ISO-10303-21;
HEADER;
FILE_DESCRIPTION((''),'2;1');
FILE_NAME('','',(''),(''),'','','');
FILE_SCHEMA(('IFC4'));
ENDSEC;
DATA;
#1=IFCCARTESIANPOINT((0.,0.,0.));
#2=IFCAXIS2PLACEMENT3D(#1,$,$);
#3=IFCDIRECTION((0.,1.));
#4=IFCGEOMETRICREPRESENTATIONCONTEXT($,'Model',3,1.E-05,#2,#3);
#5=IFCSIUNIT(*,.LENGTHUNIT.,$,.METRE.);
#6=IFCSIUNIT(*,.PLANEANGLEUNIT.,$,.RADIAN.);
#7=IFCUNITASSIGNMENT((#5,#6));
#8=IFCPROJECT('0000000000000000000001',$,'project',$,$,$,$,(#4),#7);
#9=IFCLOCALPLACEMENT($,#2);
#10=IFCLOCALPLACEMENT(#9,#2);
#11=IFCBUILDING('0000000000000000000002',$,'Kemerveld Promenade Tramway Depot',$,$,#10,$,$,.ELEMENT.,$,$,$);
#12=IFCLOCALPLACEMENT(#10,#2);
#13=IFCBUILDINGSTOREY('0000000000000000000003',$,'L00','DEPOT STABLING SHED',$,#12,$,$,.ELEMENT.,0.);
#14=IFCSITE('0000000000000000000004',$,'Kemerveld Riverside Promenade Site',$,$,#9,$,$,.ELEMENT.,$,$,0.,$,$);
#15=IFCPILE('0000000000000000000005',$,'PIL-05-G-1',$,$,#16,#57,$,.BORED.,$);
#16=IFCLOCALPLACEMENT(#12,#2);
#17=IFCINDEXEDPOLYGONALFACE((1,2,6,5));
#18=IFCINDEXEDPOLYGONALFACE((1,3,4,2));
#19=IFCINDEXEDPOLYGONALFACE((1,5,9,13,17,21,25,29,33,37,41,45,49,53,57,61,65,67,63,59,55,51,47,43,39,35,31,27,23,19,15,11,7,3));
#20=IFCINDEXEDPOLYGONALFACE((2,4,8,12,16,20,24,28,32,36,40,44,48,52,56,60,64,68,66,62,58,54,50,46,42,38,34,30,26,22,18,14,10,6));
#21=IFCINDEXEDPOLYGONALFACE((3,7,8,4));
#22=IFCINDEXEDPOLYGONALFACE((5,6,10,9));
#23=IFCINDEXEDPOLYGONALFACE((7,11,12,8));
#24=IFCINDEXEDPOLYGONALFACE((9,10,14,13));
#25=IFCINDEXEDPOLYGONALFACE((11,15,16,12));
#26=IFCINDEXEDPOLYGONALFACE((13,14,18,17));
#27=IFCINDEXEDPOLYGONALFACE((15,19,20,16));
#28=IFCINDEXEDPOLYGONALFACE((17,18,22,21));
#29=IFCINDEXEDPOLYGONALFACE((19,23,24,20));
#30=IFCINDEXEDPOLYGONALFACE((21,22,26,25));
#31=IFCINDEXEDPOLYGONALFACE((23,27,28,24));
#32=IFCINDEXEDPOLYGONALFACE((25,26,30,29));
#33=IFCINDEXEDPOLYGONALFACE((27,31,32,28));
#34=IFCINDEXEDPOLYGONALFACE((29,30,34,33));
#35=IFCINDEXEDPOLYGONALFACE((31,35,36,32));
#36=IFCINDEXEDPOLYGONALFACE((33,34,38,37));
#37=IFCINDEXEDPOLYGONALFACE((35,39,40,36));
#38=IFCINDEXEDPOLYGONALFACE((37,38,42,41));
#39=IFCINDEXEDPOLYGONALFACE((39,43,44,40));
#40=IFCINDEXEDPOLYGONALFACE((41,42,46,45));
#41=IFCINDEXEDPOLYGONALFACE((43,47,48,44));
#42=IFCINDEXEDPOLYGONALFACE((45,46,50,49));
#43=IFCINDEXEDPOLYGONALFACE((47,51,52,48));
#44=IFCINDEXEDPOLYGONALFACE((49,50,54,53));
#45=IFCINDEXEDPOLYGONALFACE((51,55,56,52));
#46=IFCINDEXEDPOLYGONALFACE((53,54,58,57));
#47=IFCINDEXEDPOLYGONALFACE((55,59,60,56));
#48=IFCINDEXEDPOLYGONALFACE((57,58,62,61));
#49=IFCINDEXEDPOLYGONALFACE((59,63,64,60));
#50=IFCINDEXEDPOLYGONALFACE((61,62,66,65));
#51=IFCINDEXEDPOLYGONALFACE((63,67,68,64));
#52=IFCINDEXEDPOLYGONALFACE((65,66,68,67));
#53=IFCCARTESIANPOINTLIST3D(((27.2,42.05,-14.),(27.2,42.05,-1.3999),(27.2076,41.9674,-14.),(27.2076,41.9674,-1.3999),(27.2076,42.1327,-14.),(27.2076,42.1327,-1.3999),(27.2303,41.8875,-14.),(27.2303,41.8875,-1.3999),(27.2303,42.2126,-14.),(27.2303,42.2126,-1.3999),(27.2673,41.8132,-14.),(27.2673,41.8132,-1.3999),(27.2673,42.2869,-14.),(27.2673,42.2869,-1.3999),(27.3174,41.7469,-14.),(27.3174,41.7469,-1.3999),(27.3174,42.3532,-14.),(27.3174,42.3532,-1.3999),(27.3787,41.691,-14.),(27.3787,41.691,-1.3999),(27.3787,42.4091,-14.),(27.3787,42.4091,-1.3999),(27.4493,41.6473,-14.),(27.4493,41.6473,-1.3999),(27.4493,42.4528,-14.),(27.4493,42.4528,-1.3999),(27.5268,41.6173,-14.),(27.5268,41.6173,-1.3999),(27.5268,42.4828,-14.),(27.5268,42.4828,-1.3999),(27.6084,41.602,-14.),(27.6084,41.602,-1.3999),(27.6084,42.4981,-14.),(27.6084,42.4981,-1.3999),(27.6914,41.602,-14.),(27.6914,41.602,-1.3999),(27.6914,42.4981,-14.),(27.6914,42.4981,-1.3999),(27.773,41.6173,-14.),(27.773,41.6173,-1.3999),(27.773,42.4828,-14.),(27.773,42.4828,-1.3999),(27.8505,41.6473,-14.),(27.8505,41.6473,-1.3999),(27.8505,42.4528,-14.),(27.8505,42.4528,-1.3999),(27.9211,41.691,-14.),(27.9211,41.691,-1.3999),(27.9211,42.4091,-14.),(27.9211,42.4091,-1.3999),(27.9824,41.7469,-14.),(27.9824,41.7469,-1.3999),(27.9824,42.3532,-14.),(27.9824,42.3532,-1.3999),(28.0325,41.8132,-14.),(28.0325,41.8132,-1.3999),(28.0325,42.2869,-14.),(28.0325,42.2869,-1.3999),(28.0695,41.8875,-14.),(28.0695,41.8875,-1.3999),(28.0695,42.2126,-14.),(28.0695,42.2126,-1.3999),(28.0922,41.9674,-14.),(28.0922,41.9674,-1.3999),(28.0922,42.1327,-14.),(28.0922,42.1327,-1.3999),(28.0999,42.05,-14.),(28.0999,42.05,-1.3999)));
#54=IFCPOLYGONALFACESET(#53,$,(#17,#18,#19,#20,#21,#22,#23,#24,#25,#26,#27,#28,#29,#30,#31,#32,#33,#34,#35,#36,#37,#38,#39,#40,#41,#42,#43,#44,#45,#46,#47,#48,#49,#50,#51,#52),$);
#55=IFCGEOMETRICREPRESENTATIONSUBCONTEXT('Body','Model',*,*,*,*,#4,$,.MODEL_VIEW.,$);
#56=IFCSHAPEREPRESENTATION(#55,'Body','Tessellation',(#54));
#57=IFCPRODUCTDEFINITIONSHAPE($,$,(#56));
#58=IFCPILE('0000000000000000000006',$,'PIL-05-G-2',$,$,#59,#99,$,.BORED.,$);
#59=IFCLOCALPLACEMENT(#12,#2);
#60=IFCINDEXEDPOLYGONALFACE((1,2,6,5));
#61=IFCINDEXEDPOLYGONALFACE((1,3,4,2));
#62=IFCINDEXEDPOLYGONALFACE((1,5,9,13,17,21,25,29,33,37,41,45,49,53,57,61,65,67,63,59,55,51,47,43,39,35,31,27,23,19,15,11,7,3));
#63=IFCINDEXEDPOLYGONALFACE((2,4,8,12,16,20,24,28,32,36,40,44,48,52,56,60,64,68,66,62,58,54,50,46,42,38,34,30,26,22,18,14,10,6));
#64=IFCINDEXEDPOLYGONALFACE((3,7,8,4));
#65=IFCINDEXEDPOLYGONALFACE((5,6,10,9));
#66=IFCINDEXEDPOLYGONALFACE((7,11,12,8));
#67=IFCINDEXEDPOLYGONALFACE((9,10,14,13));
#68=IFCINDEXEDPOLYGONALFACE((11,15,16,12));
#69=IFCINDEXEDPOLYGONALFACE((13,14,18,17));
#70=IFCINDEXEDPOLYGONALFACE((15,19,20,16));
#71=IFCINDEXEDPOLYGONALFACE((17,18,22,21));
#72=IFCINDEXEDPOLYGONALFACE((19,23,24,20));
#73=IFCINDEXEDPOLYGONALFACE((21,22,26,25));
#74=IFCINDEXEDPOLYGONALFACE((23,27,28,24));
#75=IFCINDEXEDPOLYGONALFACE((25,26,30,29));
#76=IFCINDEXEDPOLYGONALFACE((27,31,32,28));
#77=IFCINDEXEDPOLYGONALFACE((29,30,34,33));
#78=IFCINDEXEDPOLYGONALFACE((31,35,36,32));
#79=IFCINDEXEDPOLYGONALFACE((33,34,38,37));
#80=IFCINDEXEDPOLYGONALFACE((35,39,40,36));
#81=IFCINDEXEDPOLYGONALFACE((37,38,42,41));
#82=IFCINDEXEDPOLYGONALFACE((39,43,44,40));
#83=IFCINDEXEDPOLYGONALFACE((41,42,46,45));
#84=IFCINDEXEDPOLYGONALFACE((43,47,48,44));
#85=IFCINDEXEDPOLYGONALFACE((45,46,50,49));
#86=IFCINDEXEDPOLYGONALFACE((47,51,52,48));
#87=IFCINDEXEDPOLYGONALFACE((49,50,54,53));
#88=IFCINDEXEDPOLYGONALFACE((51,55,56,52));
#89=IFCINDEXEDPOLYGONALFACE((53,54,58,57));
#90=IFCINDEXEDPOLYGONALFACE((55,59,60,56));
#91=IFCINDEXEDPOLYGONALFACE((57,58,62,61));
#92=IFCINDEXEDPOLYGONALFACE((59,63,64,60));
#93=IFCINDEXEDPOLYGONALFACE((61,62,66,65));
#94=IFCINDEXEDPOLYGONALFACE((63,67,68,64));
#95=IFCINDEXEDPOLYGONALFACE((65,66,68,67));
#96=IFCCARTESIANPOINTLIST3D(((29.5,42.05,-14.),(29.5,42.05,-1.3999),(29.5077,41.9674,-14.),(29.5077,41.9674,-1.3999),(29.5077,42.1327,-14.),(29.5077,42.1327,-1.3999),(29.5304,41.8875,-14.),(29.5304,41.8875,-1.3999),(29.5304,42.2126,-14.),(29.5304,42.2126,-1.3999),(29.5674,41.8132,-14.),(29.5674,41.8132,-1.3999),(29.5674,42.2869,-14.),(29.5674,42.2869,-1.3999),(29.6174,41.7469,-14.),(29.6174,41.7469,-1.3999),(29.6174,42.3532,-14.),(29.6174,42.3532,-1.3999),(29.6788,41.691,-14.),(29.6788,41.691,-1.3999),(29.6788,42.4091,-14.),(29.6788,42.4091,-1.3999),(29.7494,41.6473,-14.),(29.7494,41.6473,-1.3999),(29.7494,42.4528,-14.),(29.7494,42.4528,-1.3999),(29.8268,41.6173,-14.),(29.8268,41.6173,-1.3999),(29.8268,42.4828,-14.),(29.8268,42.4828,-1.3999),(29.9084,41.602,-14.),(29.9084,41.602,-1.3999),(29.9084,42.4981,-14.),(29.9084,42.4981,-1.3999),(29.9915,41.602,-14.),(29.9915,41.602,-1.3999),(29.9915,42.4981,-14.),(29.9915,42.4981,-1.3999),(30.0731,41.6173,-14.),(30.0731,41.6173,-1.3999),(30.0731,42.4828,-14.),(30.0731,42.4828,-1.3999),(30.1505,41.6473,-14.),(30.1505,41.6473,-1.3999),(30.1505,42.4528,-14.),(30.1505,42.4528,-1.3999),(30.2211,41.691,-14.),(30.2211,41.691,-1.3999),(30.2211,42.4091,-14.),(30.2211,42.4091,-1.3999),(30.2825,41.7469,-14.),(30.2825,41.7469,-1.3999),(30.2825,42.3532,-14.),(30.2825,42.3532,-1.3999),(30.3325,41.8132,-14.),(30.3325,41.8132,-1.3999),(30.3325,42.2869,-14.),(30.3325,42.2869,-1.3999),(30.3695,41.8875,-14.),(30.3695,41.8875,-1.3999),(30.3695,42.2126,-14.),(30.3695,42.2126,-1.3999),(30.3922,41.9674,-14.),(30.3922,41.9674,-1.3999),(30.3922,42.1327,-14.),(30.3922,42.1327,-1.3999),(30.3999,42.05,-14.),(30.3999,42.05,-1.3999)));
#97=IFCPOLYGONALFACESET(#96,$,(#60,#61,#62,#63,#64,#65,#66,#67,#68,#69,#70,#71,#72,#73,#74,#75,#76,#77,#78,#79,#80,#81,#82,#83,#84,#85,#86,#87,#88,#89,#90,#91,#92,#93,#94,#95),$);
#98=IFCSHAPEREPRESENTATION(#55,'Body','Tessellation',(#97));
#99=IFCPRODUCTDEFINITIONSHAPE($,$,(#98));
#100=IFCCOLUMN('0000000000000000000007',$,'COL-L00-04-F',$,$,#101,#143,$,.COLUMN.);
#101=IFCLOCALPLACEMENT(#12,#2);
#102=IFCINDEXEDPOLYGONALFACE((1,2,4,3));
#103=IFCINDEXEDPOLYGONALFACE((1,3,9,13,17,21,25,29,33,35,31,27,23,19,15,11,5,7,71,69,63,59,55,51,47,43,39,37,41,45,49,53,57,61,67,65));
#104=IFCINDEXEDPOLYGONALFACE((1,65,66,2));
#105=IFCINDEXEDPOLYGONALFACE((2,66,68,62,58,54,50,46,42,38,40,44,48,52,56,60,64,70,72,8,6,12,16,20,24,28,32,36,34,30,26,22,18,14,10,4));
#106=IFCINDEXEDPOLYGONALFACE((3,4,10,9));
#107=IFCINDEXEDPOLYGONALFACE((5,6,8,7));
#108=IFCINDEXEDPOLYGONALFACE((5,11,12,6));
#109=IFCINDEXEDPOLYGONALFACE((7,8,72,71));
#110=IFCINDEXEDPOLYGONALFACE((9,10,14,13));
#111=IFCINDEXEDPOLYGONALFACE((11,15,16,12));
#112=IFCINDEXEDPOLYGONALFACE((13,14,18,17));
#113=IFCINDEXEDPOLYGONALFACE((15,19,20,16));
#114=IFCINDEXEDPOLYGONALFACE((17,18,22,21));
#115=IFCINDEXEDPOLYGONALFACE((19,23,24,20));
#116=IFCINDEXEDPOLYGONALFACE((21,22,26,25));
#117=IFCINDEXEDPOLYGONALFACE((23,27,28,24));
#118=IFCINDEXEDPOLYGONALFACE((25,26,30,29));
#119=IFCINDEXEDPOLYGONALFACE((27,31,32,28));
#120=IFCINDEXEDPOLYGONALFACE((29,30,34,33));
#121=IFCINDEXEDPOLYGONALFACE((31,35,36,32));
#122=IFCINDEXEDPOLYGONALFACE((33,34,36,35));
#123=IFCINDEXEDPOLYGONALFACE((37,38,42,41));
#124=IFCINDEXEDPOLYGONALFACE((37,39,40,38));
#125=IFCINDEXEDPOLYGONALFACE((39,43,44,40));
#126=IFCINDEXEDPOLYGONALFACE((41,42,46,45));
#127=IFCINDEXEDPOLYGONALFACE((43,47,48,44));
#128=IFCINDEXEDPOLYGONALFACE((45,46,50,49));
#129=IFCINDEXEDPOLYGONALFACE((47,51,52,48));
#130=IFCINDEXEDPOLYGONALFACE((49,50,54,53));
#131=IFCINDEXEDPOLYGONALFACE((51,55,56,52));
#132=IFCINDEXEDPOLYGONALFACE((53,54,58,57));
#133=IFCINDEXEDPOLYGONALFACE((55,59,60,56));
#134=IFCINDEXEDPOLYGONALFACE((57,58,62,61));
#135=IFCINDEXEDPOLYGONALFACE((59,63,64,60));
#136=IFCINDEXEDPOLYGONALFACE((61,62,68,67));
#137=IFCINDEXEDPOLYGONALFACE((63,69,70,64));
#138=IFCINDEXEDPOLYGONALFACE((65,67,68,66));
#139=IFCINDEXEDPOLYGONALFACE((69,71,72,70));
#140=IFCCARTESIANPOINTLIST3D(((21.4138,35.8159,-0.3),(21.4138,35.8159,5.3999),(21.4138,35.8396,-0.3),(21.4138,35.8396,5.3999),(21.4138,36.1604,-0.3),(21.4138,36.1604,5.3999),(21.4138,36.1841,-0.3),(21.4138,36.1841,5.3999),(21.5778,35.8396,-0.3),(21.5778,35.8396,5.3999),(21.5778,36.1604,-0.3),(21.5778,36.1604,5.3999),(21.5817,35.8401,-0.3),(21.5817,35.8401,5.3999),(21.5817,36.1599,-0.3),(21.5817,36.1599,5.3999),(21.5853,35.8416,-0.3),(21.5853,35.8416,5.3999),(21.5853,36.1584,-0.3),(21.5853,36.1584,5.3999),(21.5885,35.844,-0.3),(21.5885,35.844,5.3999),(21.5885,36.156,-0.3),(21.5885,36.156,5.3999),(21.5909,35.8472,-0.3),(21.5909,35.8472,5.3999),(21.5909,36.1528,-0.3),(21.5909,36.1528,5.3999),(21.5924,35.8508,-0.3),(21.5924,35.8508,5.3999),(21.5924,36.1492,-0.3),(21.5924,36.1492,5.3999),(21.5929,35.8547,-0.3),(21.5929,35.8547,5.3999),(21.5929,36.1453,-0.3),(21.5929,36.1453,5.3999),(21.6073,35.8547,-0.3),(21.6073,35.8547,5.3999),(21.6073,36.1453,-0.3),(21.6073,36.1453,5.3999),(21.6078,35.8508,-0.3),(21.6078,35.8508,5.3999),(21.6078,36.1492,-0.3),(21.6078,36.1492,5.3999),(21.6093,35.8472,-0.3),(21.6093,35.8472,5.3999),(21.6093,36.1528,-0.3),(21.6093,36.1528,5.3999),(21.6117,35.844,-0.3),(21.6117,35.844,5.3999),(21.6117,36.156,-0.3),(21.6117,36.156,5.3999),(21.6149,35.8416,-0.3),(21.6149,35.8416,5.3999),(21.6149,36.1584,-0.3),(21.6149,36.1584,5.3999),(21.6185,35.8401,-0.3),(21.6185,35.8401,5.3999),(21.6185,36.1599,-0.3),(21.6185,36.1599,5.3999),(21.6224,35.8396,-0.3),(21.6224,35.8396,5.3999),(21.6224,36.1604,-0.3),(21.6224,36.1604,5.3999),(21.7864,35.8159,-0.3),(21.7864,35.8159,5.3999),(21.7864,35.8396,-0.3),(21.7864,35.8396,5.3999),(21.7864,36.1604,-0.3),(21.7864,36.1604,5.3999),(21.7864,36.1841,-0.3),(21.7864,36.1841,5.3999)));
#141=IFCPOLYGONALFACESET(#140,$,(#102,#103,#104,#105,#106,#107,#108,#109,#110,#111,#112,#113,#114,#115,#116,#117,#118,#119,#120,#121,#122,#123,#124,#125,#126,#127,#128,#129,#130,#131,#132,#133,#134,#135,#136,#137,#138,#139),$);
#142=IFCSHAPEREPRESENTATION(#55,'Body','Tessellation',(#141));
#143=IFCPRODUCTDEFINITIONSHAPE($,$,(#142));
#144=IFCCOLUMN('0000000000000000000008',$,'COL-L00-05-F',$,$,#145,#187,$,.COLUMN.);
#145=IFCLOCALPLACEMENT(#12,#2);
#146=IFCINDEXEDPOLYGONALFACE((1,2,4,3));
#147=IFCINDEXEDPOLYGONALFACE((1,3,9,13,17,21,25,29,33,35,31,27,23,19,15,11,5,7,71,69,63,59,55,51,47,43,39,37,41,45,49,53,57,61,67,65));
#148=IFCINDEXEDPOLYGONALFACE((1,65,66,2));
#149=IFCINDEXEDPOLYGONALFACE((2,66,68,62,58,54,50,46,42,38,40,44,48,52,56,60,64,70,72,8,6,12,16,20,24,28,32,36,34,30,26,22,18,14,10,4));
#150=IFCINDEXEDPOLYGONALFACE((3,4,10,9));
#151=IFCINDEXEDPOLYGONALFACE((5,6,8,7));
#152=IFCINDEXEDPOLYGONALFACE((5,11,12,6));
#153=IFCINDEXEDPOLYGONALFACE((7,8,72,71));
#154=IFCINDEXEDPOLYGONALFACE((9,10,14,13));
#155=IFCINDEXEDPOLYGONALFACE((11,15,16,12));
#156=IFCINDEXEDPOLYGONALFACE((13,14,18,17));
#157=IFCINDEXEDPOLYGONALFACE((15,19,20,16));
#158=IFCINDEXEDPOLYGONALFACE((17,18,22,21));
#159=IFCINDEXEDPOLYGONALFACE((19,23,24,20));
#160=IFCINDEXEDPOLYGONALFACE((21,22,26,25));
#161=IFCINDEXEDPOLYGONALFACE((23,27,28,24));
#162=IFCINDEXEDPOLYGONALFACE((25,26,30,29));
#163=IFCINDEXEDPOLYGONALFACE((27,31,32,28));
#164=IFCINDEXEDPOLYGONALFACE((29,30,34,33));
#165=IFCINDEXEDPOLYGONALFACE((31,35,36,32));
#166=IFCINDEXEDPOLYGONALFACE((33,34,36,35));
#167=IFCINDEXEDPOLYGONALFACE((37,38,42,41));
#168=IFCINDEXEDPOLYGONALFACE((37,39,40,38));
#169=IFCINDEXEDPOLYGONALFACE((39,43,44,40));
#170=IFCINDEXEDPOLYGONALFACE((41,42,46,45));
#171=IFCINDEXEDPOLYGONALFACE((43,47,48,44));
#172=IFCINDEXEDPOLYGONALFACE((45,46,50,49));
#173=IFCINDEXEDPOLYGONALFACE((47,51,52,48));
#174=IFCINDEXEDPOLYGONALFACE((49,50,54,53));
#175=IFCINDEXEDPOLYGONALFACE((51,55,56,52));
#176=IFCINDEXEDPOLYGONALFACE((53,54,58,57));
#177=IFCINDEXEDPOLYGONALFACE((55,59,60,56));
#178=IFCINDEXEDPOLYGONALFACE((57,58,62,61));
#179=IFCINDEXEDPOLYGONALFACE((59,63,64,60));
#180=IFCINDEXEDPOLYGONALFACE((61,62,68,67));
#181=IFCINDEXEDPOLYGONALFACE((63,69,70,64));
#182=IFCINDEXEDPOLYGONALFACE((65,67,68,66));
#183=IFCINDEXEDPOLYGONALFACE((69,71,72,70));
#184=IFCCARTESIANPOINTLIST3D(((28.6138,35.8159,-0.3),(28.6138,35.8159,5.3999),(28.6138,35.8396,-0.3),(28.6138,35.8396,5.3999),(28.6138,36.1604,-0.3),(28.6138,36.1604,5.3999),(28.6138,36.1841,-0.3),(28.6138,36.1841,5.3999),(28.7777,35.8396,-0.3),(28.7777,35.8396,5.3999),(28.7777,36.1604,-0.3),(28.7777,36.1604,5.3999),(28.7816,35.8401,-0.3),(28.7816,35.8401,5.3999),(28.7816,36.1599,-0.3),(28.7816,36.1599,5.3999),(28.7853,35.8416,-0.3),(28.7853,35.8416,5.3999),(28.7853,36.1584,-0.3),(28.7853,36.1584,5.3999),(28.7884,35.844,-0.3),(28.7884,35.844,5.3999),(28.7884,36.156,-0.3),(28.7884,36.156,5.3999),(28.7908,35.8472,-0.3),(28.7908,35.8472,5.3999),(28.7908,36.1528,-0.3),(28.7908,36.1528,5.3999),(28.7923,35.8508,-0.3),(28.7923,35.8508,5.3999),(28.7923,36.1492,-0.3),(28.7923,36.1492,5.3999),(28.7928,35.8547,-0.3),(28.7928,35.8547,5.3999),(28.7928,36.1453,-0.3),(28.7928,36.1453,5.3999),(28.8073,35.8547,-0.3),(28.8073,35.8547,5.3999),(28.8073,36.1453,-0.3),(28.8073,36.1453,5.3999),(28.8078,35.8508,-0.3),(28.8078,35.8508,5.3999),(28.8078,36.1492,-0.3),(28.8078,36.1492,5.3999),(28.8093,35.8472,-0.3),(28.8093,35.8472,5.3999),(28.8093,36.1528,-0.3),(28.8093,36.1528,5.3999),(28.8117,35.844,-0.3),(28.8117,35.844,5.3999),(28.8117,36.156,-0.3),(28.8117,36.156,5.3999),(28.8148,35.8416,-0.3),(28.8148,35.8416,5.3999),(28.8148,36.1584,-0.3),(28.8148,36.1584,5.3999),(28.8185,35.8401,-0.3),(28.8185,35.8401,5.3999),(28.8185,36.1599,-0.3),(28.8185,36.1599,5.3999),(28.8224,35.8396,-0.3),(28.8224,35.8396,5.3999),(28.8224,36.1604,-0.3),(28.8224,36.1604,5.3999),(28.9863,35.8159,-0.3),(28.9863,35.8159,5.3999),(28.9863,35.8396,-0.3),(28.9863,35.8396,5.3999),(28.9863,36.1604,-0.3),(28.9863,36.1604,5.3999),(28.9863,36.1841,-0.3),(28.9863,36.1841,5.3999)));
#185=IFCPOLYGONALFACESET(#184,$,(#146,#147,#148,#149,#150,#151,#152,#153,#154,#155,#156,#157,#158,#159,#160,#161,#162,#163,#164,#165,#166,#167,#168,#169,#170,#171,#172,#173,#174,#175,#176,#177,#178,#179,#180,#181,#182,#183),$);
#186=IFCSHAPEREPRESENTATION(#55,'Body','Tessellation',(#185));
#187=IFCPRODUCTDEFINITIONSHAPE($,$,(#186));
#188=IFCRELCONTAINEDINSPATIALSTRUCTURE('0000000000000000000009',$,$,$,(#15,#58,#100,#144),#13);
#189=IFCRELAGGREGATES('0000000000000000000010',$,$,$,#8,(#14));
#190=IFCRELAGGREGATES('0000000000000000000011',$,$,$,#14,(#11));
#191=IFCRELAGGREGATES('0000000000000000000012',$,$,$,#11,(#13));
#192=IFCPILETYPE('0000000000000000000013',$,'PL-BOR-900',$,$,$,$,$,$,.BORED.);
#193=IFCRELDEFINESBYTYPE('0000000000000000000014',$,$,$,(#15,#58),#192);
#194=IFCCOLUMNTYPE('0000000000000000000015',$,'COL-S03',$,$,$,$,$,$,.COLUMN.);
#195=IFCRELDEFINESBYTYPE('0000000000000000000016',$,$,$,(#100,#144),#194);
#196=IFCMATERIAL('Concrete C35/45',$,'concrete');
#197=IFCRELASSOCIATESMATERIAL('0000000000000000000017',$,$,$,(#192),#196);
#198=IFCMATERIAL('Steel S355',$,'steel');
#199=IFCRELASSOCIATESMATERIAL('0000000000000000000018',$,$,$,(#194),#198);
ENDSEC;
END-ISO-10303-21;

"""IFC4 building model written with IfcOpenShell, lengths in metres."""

from ifc_helpers import new_model, si_unit, direction, frame, origin, origin_2d, place, context, subcontext, project, spatial, circle, i_section, extrude, material, material_profile, profile_set, type_object, element, save


model = new_model("IFC4")

# Units and contexts
model_context = context("Model", 3, precision=1e-05, world=origin(), true_north=direction((0.0, 1.0)))
body_context = subcontext(model_context, "Body", "Model", "MODEL_VIEW")
ifc_project = project(units=[si_unit("LENGTHUNIT", "METRE"), si_unit("PLANEANGLEUNIT", "RADIAN")], contexts=[model_context])

# Site, building, storey
site_placement = place(None, origin())
site = spatial("IfcSite", under=ifc_project, at=site_placement, Name="Kemerveld Riverside Promenade Site", CompositionType="ELEMENT", RefElevation=0.0)
building_placement = place(site_placement, origin())
building = spatial("IfcBuilding", under=site, at=building_placement, Name="Kemerveld Promenade Tramway Depot", CompositionType="ELEMENT")
storey_placement = place(building_placement, origin())
storey = spatial("IfcBuildingStorey", under=building, at=storey_placement, Name="L00", Description="DEPOT STABLING SHED", CompositionType="ELEMENT", Elevation=0.0)

# Shared definitions
ifc_material_1 = material(Name="Concrete C35/45", Category="concrete")

# Piles
ifc_material_profile_1 = material_profile(ifc_material_1, circle(Radius=0.45, at=origin_2d()), Name="PILE-D900")
ifc_profile_set_1 = profile_set([ifc_material_profile_1], Name="Concrete C35/45")
pile_type = type_object("IfcPileType", Name="PL-BOR-900", PredefinedType="BORED", material=ifc_profile_set_1)
for number, where, z_axis, x_axis, name in (
    (1, (27.6499, 42.05, -1.3999), (0.0, 0.0, -1.0), (1.0, 0.0, 0.0), "PIL-05-G-1"),
    (2, (29.95, 42.05, -1.3999), (0.0, 0.0, -1.0), (1.0, 0.0, 0.0), "PIL-05-G-2"),
):
    element("IfcPile", number, at=place(storey_placement, frame(where, z_axis=z_axis, x_axis=x_axis)), inside=storey, type_object=pile_type, Name=name, PredefinedType="BORED", context=body_context, shape_type="SweptSolid", body=[
        extrude(circle(Radius=0.45, at=origin_2d()), origin(), (0.0, 0.0, 1.0), 12.6001),
    ])

# Columns
ifc_material_2 = material(Name="Steel S355", Category="steel")
ifc_material_profile_2 = material_profile(ifc_material_2, i_section(OverallWidth=0.3726, OverallDepth=0.3682, WebThickness=0.0144, FlangeThickness=0.0237, FilletRadius=0.0151, at=origin_2d()), Name="356x368x177 UC")
ifc_profile_set_2 = profile_set([ifc_material_profile_2], Name="Steel S355")
column_type = type_object("IfcColumnType", Name="COL-S03", PredefinedType="COLUMN", material=ifc_profile_set_2)
for number, where, z_axis, x_axis, name in (
    (3, (21.6001, 36.0, -0.3), (0.0, 0.0, 1.0), (1.0, 0.0, 0.0), "COL-L00-04-F"),
    (4, (28.8, 36.0, -0.3), (0.0, 0.0, 1.0), (1.0, 0.0, 0.0), "COL-L00-05-F"),
):
    element("IfcColumn", number, at=place(storey_placement, frame(where, z_axis=z_axis, x_axis=x_axis)), inside=storey, type_object=column_type, Name=name, PredefinedType="COLUMN", context=body_context, shape_type="SweptSolid", body=[
        extrude(i_section(OverallWidth=0.3726, OverallDepth=0.3682, WebThickness=0.0144, FlangeThickness=0.0237, FilletRadius=0.0151, at=origin_2d()), origin(), (0.0, 0.0, 1.0), 5.7),
    ])

save(model, "model.ifc")
